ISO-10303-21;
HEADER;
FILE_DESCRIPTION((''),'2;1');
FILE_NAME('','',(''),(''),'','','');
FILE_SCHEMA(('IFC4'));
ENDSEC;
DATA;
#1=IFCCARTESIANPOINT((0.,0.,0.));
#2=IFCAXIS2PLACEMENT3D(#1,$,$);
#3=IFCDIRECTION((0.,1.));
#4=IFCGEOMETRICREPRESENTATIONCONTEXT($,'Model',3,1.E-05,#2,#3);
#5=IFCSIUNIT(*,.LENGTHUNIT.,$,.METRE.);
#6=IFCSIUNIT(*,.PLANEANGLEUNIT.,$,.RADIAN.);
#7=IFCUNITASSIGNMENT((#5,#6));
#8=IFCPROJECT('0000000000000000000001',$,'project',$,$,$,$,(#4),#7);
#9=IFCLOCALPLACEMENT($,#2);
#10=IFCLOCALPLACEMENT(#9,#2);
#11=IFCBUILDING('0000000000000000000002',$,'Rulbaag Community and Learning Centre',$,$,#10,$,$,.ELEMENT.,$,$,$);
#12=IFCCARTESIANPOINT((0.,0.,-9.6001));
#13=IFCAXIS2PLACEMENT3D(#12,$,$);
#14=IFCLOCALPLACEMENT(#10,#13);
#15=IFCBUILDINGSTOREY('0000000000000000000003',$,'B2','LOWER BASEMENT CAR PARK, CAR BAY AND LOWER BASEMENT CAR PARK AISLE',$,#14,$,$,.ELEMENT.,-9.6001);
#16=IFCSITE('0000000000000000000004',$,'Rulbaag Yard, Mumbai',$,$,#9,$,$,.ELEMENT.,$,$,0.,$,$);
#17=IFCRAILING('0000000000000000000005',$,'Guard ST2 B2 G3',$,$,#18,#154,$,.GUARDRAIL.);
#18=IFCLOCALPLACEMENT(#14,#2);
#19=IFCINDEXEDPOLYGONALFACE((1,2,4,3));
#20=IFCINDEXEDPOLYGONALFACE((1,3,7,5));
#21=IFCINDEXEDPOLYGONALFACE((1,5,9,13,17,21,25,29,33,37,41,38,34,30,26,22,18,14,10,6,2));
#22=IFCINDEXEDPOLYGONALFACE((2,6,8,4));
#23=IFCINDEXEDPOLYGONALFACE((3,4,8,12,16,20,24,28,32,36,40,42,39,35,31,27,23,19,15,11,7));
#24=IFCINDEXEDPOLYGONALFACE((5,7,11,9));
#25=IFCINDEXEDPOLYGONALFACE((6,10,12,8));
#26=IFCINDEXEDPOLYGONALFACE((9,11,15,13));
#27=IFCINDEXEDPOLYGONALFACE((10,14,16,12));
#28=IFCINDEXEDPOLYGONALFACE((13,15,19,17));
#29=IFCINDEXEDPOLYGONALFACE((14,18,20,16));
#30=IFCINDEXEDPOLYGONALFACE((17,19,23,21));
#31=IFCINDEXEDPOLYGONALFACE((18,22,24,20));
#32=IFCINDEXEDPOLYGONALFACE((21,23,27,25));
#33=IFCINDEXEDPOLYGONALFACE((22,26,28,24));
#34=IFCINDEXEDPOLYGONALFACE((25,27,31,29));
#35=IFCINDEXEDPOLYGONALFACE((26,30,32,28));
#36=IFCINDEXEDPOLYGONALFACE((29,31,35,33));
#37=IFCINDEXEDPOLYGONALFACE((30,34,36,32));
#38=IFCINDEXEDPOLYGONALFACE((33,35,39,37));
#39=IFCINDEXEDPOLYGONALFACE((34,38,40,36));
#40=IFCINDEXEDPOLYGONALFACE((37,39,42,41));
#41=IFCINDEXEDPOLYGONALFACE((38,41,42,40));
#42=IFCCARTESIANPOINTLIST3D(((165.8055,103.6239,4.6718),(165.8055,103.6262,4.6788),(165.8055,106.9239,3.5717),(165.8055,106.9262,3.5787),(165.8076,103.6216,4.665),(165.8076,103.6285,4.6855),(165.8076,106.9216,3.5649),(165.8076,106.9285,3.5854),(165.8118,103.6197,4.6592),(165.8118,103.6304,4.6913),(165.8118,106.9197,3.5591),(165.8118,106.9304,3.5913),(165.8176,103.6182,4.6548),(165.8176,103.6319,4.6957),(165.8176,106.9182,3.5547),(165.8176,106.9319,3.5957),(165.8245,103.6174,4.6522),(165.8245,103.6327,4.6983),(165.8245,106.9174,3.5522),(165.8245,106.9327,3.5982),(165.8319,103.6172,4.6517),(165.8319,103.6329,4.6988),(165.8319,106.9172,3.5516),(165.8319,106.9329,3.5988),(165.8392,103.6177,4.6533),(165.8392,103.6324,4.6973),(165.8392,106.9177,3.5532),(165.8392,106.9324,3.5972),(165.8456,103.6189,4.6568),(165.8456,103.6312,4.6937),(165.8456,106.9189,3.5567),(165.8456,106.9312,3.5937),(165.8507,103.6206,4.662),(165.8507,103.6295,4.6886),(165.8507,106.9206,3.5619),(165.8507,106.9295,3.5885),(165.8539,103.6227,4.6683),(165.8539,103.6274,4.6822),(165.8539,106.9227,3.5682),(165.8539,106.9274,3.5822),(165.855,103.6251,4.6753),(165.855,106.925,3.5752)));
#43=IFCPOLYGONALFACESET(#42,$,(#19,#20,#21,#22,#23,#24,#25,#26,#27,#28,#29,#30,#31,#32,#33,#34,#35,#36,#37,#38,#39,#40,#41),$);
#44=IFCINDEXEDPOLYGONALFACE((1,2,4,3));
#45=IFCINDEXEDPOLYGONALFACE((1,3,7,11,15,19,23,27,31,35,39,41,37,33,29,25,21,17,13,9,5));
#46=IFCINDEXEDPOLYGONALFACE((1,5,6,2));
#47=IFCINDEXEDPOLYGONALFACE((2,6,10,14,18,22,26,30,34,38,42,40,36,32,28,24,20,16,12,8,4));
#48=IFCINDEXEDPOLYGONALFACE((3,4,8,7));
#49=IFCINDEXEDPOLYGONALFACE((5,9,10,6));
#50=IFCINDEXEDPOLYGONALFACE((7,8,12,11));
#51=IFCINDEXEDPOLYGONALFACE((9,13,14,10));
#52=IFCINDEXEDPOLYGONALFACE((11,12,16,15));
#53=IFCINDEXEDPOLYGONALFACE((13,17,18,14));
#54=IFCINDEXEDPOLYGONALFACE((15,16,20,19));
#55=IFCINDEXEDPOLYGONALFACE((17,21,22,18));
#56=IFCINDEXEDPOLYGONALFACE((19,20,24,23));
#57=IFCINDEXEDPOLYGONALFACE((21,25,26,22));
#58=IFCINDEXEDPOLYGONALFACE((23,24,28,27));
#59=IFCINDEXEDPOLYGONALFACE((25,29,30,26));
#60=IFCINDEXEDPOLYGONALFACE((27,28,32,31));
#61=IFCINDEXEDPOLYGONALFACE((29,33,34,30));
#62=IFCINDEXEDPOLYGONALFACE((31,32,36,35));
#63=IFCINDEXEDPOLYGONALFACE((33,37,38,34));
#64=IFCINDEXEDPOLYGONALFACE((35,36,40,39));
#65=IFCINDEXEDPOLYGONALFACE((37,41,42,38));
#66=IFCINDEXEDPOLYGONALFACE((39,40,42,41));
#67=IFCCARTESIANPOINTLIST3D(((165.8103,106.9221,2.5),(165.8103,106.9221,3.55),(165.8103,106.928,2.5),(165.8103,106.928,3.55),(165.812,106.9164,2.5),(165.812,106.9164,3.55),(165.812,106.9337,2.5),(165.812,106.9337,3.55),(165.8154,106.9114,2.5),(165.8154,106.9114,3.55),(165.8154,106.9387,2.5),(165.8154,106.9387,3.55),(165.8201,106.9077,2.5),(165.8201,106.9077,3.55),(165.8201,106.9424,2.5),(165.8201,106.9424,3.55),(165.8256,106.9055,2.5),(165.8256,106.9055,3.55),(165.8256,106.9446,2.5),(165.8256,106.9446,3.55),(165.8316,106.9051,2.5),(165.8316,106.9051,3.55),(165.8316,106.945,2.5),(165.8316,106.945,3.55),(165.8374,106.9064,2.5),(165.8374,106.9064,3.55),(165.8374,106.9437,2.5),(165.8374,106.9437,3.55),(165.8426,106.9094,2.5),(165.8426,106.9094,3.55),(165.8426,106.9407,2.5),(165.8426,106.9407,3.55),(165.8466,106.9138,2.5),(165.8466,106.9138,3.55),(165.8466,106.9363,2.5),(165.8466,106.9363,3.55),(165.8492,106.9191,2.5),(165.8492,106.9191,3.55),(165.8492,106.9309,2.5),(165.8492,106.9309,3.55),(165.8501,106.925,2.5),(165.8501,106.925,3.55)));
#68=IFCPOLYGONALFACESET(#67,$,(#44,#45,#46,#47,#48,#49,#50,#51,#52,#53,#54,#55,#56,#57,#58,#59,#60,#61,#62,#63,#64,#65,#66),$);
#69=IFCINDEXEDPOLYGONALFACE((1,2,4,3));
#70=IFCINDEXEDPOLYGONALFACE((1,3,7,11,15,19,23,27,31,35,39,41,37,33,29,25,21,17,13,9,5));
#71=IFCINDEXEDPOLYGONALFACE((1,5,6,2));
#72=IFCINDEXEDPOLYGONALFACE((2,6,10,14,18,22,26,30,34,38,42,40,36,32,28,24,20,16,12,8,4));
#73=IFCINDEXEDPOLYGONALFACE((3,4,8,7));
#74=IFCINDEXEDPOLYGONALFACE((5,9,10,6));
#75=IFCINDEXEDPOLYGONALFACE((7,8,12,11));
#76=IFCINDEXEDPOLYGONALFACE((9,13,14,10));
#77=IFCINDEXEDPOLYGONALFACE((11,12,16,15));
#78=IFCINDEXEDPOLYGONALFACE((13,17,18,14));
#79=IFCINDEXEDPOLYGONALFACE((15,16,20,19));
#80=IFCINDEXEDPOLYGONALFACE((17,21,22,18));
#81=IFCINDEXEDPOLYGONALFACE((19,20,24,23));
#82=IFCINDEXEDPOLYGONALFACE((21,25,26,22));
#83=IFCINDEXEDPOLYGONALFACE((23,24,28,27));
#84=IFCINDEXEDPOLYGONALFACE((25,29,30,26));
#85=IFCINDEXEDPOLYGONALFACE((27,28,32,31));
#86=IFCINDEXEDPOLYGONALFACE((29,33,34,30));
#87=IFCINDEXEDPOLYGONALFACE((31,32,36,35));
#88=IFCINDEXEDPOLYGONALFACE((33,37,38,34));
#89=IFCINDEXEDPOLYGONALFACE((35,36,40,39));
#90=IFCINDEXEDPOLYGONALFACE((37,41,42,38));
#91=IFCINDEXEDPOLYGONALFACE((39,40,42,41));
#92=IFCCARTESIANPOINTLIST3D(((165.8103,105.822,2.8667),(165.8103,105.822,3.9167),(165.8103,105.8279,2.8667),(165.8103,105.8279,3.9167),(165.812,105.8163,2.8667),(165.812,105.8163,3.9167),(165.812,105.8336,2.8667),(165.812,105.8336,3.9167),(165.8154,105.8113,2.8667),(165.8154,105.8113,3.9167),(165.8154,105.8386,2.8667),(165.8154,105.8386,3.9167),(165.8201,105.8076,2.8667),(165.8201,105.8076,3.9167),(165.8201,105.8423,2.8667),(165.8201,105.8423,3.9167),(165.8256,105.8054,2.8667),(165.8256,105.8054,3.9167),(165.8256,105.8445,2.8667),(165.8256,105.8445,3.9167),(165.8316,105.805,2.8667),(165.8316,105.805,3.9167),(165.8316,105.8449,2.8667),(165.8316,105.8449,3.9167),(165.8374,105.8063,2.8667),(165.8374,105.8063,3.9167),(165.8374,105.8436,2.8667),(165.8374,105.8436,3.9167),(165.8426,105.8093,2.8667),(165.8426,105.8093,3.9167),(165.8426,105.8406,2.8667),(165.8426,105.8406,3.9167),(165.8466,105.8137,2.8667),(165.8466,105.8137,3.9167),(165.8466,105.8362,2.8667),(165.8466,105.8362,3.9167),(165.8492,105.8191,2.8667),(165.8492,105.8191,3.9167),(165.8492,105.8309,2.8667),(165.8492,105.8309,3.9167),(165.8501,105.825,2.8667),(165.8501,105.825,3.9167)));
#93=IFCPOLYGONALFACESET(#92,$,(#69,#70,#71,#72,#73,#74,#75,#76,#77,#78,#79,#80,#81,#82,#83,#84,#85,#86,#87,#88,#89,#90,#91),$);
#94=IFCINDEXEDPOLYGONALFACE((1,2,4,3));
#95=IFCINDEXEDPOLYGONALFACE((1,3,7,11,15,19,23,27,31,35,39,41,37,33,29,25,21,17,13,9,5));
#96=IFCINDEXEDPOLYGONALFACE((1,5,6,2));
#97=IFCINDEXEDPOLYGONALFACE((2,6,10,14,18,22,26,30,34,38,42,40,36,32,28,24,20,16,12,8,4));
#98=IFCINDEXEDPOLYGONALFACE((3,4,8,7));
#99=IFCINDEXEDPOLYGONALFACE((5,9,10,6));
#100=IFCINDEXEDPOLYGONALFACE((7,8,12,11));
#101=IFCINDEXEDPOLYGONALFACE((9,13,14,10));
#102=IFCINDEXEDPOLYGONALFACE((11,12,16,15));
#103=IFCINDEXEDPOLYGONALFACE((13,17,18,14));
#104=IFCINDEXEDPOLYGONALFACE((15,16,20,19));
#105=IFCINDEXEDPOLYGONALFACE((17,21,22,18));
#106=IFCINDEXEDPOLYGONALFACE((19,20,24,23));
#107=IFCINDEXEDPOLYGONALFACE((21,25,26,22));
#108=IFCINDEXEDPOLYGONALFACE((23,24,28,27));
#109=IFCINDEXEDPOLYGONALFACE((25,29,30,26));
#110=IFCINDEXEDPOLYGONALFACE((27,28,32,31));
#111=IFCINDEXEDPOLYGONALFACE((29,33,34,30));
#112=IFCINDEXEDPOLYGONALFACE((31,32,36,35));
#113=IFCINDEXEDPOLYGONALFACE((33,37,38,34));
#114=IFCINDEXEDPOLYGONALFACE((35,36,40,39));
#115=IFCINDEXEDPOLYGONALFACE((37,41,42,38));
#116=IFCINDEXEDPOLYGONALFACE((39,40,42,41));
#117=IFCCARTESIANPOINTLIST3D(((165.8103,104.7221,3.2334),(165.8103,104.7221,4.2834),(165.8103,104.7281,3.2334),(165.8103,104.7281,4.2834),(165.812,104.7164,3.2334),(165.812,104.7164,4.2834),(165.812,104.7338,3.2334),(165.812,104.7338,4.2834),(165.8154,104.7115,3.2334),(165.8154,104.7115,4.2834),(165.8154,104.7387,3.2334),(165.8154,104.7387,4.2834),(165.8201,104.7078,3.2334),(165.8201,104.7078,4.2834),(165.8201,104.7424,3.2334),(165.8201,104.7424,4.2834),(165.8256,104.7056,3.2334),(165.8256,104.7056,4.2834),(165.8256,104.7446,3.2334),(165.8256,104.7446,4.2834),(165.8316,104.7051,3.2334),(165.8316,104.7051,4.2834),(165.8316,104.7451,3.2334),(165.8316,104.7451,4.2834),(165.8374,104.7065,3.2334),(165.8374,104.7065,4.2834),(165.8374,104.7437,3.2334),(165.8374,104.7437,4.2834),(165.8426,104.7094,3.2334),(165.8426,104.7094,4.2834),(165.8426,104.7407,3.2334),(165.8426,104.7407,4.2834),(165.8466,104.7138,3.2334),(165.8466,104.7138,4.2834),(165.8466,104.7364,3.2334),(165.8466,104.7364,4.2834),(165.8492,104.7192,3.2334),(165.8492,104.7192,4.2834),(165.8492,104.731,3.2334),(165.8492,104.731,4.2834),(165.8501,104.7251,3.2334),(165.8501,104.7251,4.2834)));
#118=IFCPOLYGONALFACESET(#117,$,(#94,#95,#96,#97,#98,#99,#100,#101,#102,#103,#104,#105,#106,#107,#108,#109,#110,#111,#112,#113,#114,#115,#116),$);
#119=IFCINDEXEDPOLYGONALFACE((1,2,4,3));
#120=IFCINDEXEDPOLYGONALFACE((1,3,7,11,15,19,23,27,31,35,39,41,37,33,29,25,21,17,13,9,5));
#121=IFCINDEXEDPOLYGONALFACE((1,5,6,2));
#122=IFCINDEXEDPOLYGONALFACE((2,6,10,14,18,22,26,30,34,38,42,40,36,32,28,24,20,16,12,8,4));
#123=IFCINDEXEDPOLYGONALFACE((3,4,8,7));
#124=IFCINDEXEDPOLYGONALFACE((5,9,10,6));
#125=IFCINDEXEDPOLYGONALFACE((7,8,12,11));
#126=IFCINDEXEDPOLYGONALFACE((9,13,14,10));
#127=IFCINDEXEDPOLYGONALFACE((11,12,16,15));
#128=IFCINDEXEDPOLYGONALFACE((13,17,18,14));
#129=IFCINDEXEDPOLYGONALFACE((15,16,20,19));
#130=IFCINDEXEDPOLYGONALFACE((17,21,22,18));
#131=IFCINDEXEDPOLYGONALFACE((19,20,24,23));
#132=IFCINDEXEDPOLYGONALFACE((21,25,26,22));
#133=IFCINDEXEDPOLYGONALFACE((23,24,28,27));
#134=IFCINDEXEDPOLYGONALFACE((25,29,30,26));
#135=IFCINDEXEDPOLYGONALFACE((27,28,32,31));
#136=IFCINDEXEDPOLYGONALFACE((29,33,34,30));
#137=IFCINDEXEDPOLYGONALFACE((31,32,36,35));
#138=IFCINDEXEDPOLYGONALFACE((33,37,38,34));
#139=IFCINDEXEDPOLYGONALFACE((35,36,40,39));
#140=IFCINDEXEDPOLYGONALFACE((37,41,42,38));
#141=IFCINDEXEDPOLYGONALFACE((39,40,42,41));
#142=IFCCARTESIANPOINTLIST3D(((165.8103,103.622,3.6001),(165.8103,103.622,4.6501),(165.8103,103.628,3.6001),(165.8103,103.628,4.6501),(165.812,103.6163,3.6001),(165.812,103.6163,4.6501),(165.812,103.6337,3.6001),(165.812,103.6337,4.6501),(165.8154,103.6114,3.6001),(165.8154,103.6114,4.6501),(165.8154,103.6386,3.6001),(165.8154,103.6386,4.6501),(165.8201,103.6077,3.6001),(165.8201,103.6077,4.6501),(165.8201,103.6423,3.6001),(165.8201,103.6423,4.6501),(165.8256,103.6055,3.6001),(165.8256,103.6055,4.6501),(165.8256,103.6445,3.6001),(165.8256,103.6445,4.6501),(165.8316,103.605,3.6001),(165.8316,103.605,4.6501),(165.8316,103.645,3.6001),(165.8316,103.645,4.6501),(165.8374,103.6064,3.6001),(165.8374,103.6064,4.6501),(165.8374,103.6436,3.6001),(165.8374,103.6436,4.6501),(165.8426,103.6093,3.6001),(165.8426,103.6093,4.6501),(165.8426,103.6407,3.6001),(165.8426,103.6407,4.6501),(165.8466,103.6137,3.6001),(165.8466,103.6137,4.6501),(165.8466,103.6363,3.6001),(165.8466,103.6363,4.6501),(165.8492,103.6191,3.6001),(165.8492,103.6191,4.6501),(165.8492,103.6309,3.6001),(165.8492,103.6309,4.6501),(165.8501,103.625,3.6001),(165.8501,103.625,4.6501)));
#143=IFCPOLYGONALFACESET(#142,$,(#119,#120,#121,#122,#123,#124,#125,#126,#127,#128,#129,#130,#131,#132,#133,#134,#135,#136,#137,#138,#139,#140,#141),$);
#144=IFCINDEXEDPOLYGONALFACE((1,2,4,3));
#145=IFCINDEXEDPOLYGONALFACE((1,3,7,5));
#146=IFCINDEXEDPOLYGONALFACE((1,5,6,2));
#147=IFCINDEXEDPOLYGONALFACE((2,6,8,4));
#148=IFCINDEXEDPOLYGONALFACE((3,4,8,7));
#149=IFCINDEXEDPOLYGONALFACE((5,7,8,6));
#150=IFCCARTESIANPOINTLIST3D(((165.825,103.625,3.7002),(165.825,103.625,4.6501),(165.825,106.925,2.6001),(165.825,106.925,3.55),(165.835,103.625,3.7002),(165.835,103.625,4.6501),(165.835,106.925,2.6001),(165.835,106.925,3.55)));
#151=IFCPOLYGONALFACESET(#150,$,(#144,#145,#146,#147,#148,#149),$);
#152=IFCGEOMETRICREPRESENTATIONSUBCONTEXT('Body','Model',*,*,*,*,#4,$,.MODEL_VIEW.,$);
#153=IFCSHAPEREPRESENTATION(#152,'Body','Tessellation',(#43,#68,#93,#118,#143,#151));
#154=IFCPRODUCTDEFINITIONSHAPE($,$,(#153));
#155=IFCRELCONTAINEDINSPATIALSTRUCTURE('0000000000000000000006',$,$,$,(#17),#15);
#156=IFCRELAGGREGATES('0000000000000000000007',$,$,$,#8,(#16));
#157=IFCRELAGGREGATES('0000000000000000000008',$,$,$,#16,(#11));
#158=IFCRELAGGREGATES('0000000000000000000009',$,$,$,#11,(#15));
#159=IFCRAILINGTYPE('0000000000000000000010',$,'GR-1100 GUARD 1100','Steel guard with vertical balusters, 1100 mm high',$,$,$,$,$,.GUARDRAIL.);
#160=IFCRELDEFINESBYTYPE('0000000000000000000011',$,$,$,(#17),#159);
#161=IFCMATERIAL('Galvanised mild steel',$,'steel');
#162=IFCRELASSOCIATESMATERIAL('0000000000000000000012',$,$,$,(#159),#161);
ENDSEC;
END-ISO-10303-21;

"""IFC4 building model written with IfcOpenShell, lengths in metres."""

from ifc_helpers import new_model, si_unit, direction, frame, origin, origin_2d, place, context, subcontext, project, spatial, polyline, circle, outline, extrude, material, type_object, element, save


model = new_model("IFC4")

# Units and contexts
model_context = context("Model", 3, precision=1e-05, world=origin(), true_north=direction((0.0, 1.0)))
body_context = subcontext(model_context, "Body", "Model", "MODEL_VIEW")
ifc_project = project(units=[si_unit("LENGTHUNIT", "METRE"), si_unit("PLANEANGLEUNIT", "RADIAN")], contexts=[model_context])

# Site, building, storey
site_placement = place(None, origin())
site = spatial("IfcSite", under=ifc_project, at=site_placement, Name="Rulbaag Yard, Mumbai", CompositionType="ELEMENT", RefElevation=0.0)
building_placement = place(site_placement, origin())
building = spatial("IfcBuilding", under=site, at=building_placement, Name="Rulbaag Community and Learning Centre", CompositionType="ELEMENT")
storey_placement = place(building_placement, frame((0.0, 0.0, -9.6001)))
storey = spatial("IfcBuildingStorey", under=building, at=storey_placement, Name="B2", Description="LOWER BASEMENT CAR PARK, CAR BAY AND LOWER BASEMENT CAR PARK AISLE", CompositionType="ELEMENT", Elevation=-9.6001)

# Railing
ifc_material_1 = material(Name="Galvanised mild steel", Category="steel")
railing_type_1 = type_object("IfcRailingType", Name="GR-1100 GUARD 1100", Description="Steel guard with vertical balusters, 1100 mm high", PredefinedType="GUARDRAIL", material=ifc_material_1)
railing_1_placement = place(storey_placement, frame((165.8301, 106.925, 2.5)))
element("IfcRailing", 1, at=railing_1_placement, inside=storey, type_object=railing_type_1, Name="Guard ST2 B2 G3", PredefinedType="GUARDRAIL", context=body_context, shape_type="SweptSolid", body=[
    extrude(circle(Radius=0.0249, at=origin_2d()), frame((0.0, 0.0, 1.0752), z_axis=(0.0, -0.948676, 0.316249), x_axis=(1.0, 0.0, 0.0)), (0.0, 0.0, 1.0), 3.4785),
    extrude(circle(Radius=0.02, at=origin_2d()), origin(), (0.0, 0.0, 1.0), 1.05),
    extrude(circle(Radius=0.02, at=origin_2d()), frame((0.0, -1.1001, 0.3667)), (0.0, 0.0, 1.0), 1.05),
    extrude(circle(Radius=0.02, at=origin_2d()), frame((0.0, -2.2, 0.7334)), (0.0, 0.0, 1.0), 1.05),
    extrude(circle(Radius=0.02, at=origin_2d()), frame((0.0, -3.3, 1.1001)), (0.0, 0.0, 1.0), 1.05),
    extrude(outline(polyline([(0.0, 0.0), (3.3, 1.1001), (3.3, 2.05), (0.0, 0.95), (0.0, 0.0)])), frame((0.0049, 0.0, 0.1001), z_axis=(-1.0, 0.0, 0.0), x_axis=(0.0, -1.0, 0.0)), (0.0, 0.0, 1.0), 0.01),
])

save(model, "model.ifc")
